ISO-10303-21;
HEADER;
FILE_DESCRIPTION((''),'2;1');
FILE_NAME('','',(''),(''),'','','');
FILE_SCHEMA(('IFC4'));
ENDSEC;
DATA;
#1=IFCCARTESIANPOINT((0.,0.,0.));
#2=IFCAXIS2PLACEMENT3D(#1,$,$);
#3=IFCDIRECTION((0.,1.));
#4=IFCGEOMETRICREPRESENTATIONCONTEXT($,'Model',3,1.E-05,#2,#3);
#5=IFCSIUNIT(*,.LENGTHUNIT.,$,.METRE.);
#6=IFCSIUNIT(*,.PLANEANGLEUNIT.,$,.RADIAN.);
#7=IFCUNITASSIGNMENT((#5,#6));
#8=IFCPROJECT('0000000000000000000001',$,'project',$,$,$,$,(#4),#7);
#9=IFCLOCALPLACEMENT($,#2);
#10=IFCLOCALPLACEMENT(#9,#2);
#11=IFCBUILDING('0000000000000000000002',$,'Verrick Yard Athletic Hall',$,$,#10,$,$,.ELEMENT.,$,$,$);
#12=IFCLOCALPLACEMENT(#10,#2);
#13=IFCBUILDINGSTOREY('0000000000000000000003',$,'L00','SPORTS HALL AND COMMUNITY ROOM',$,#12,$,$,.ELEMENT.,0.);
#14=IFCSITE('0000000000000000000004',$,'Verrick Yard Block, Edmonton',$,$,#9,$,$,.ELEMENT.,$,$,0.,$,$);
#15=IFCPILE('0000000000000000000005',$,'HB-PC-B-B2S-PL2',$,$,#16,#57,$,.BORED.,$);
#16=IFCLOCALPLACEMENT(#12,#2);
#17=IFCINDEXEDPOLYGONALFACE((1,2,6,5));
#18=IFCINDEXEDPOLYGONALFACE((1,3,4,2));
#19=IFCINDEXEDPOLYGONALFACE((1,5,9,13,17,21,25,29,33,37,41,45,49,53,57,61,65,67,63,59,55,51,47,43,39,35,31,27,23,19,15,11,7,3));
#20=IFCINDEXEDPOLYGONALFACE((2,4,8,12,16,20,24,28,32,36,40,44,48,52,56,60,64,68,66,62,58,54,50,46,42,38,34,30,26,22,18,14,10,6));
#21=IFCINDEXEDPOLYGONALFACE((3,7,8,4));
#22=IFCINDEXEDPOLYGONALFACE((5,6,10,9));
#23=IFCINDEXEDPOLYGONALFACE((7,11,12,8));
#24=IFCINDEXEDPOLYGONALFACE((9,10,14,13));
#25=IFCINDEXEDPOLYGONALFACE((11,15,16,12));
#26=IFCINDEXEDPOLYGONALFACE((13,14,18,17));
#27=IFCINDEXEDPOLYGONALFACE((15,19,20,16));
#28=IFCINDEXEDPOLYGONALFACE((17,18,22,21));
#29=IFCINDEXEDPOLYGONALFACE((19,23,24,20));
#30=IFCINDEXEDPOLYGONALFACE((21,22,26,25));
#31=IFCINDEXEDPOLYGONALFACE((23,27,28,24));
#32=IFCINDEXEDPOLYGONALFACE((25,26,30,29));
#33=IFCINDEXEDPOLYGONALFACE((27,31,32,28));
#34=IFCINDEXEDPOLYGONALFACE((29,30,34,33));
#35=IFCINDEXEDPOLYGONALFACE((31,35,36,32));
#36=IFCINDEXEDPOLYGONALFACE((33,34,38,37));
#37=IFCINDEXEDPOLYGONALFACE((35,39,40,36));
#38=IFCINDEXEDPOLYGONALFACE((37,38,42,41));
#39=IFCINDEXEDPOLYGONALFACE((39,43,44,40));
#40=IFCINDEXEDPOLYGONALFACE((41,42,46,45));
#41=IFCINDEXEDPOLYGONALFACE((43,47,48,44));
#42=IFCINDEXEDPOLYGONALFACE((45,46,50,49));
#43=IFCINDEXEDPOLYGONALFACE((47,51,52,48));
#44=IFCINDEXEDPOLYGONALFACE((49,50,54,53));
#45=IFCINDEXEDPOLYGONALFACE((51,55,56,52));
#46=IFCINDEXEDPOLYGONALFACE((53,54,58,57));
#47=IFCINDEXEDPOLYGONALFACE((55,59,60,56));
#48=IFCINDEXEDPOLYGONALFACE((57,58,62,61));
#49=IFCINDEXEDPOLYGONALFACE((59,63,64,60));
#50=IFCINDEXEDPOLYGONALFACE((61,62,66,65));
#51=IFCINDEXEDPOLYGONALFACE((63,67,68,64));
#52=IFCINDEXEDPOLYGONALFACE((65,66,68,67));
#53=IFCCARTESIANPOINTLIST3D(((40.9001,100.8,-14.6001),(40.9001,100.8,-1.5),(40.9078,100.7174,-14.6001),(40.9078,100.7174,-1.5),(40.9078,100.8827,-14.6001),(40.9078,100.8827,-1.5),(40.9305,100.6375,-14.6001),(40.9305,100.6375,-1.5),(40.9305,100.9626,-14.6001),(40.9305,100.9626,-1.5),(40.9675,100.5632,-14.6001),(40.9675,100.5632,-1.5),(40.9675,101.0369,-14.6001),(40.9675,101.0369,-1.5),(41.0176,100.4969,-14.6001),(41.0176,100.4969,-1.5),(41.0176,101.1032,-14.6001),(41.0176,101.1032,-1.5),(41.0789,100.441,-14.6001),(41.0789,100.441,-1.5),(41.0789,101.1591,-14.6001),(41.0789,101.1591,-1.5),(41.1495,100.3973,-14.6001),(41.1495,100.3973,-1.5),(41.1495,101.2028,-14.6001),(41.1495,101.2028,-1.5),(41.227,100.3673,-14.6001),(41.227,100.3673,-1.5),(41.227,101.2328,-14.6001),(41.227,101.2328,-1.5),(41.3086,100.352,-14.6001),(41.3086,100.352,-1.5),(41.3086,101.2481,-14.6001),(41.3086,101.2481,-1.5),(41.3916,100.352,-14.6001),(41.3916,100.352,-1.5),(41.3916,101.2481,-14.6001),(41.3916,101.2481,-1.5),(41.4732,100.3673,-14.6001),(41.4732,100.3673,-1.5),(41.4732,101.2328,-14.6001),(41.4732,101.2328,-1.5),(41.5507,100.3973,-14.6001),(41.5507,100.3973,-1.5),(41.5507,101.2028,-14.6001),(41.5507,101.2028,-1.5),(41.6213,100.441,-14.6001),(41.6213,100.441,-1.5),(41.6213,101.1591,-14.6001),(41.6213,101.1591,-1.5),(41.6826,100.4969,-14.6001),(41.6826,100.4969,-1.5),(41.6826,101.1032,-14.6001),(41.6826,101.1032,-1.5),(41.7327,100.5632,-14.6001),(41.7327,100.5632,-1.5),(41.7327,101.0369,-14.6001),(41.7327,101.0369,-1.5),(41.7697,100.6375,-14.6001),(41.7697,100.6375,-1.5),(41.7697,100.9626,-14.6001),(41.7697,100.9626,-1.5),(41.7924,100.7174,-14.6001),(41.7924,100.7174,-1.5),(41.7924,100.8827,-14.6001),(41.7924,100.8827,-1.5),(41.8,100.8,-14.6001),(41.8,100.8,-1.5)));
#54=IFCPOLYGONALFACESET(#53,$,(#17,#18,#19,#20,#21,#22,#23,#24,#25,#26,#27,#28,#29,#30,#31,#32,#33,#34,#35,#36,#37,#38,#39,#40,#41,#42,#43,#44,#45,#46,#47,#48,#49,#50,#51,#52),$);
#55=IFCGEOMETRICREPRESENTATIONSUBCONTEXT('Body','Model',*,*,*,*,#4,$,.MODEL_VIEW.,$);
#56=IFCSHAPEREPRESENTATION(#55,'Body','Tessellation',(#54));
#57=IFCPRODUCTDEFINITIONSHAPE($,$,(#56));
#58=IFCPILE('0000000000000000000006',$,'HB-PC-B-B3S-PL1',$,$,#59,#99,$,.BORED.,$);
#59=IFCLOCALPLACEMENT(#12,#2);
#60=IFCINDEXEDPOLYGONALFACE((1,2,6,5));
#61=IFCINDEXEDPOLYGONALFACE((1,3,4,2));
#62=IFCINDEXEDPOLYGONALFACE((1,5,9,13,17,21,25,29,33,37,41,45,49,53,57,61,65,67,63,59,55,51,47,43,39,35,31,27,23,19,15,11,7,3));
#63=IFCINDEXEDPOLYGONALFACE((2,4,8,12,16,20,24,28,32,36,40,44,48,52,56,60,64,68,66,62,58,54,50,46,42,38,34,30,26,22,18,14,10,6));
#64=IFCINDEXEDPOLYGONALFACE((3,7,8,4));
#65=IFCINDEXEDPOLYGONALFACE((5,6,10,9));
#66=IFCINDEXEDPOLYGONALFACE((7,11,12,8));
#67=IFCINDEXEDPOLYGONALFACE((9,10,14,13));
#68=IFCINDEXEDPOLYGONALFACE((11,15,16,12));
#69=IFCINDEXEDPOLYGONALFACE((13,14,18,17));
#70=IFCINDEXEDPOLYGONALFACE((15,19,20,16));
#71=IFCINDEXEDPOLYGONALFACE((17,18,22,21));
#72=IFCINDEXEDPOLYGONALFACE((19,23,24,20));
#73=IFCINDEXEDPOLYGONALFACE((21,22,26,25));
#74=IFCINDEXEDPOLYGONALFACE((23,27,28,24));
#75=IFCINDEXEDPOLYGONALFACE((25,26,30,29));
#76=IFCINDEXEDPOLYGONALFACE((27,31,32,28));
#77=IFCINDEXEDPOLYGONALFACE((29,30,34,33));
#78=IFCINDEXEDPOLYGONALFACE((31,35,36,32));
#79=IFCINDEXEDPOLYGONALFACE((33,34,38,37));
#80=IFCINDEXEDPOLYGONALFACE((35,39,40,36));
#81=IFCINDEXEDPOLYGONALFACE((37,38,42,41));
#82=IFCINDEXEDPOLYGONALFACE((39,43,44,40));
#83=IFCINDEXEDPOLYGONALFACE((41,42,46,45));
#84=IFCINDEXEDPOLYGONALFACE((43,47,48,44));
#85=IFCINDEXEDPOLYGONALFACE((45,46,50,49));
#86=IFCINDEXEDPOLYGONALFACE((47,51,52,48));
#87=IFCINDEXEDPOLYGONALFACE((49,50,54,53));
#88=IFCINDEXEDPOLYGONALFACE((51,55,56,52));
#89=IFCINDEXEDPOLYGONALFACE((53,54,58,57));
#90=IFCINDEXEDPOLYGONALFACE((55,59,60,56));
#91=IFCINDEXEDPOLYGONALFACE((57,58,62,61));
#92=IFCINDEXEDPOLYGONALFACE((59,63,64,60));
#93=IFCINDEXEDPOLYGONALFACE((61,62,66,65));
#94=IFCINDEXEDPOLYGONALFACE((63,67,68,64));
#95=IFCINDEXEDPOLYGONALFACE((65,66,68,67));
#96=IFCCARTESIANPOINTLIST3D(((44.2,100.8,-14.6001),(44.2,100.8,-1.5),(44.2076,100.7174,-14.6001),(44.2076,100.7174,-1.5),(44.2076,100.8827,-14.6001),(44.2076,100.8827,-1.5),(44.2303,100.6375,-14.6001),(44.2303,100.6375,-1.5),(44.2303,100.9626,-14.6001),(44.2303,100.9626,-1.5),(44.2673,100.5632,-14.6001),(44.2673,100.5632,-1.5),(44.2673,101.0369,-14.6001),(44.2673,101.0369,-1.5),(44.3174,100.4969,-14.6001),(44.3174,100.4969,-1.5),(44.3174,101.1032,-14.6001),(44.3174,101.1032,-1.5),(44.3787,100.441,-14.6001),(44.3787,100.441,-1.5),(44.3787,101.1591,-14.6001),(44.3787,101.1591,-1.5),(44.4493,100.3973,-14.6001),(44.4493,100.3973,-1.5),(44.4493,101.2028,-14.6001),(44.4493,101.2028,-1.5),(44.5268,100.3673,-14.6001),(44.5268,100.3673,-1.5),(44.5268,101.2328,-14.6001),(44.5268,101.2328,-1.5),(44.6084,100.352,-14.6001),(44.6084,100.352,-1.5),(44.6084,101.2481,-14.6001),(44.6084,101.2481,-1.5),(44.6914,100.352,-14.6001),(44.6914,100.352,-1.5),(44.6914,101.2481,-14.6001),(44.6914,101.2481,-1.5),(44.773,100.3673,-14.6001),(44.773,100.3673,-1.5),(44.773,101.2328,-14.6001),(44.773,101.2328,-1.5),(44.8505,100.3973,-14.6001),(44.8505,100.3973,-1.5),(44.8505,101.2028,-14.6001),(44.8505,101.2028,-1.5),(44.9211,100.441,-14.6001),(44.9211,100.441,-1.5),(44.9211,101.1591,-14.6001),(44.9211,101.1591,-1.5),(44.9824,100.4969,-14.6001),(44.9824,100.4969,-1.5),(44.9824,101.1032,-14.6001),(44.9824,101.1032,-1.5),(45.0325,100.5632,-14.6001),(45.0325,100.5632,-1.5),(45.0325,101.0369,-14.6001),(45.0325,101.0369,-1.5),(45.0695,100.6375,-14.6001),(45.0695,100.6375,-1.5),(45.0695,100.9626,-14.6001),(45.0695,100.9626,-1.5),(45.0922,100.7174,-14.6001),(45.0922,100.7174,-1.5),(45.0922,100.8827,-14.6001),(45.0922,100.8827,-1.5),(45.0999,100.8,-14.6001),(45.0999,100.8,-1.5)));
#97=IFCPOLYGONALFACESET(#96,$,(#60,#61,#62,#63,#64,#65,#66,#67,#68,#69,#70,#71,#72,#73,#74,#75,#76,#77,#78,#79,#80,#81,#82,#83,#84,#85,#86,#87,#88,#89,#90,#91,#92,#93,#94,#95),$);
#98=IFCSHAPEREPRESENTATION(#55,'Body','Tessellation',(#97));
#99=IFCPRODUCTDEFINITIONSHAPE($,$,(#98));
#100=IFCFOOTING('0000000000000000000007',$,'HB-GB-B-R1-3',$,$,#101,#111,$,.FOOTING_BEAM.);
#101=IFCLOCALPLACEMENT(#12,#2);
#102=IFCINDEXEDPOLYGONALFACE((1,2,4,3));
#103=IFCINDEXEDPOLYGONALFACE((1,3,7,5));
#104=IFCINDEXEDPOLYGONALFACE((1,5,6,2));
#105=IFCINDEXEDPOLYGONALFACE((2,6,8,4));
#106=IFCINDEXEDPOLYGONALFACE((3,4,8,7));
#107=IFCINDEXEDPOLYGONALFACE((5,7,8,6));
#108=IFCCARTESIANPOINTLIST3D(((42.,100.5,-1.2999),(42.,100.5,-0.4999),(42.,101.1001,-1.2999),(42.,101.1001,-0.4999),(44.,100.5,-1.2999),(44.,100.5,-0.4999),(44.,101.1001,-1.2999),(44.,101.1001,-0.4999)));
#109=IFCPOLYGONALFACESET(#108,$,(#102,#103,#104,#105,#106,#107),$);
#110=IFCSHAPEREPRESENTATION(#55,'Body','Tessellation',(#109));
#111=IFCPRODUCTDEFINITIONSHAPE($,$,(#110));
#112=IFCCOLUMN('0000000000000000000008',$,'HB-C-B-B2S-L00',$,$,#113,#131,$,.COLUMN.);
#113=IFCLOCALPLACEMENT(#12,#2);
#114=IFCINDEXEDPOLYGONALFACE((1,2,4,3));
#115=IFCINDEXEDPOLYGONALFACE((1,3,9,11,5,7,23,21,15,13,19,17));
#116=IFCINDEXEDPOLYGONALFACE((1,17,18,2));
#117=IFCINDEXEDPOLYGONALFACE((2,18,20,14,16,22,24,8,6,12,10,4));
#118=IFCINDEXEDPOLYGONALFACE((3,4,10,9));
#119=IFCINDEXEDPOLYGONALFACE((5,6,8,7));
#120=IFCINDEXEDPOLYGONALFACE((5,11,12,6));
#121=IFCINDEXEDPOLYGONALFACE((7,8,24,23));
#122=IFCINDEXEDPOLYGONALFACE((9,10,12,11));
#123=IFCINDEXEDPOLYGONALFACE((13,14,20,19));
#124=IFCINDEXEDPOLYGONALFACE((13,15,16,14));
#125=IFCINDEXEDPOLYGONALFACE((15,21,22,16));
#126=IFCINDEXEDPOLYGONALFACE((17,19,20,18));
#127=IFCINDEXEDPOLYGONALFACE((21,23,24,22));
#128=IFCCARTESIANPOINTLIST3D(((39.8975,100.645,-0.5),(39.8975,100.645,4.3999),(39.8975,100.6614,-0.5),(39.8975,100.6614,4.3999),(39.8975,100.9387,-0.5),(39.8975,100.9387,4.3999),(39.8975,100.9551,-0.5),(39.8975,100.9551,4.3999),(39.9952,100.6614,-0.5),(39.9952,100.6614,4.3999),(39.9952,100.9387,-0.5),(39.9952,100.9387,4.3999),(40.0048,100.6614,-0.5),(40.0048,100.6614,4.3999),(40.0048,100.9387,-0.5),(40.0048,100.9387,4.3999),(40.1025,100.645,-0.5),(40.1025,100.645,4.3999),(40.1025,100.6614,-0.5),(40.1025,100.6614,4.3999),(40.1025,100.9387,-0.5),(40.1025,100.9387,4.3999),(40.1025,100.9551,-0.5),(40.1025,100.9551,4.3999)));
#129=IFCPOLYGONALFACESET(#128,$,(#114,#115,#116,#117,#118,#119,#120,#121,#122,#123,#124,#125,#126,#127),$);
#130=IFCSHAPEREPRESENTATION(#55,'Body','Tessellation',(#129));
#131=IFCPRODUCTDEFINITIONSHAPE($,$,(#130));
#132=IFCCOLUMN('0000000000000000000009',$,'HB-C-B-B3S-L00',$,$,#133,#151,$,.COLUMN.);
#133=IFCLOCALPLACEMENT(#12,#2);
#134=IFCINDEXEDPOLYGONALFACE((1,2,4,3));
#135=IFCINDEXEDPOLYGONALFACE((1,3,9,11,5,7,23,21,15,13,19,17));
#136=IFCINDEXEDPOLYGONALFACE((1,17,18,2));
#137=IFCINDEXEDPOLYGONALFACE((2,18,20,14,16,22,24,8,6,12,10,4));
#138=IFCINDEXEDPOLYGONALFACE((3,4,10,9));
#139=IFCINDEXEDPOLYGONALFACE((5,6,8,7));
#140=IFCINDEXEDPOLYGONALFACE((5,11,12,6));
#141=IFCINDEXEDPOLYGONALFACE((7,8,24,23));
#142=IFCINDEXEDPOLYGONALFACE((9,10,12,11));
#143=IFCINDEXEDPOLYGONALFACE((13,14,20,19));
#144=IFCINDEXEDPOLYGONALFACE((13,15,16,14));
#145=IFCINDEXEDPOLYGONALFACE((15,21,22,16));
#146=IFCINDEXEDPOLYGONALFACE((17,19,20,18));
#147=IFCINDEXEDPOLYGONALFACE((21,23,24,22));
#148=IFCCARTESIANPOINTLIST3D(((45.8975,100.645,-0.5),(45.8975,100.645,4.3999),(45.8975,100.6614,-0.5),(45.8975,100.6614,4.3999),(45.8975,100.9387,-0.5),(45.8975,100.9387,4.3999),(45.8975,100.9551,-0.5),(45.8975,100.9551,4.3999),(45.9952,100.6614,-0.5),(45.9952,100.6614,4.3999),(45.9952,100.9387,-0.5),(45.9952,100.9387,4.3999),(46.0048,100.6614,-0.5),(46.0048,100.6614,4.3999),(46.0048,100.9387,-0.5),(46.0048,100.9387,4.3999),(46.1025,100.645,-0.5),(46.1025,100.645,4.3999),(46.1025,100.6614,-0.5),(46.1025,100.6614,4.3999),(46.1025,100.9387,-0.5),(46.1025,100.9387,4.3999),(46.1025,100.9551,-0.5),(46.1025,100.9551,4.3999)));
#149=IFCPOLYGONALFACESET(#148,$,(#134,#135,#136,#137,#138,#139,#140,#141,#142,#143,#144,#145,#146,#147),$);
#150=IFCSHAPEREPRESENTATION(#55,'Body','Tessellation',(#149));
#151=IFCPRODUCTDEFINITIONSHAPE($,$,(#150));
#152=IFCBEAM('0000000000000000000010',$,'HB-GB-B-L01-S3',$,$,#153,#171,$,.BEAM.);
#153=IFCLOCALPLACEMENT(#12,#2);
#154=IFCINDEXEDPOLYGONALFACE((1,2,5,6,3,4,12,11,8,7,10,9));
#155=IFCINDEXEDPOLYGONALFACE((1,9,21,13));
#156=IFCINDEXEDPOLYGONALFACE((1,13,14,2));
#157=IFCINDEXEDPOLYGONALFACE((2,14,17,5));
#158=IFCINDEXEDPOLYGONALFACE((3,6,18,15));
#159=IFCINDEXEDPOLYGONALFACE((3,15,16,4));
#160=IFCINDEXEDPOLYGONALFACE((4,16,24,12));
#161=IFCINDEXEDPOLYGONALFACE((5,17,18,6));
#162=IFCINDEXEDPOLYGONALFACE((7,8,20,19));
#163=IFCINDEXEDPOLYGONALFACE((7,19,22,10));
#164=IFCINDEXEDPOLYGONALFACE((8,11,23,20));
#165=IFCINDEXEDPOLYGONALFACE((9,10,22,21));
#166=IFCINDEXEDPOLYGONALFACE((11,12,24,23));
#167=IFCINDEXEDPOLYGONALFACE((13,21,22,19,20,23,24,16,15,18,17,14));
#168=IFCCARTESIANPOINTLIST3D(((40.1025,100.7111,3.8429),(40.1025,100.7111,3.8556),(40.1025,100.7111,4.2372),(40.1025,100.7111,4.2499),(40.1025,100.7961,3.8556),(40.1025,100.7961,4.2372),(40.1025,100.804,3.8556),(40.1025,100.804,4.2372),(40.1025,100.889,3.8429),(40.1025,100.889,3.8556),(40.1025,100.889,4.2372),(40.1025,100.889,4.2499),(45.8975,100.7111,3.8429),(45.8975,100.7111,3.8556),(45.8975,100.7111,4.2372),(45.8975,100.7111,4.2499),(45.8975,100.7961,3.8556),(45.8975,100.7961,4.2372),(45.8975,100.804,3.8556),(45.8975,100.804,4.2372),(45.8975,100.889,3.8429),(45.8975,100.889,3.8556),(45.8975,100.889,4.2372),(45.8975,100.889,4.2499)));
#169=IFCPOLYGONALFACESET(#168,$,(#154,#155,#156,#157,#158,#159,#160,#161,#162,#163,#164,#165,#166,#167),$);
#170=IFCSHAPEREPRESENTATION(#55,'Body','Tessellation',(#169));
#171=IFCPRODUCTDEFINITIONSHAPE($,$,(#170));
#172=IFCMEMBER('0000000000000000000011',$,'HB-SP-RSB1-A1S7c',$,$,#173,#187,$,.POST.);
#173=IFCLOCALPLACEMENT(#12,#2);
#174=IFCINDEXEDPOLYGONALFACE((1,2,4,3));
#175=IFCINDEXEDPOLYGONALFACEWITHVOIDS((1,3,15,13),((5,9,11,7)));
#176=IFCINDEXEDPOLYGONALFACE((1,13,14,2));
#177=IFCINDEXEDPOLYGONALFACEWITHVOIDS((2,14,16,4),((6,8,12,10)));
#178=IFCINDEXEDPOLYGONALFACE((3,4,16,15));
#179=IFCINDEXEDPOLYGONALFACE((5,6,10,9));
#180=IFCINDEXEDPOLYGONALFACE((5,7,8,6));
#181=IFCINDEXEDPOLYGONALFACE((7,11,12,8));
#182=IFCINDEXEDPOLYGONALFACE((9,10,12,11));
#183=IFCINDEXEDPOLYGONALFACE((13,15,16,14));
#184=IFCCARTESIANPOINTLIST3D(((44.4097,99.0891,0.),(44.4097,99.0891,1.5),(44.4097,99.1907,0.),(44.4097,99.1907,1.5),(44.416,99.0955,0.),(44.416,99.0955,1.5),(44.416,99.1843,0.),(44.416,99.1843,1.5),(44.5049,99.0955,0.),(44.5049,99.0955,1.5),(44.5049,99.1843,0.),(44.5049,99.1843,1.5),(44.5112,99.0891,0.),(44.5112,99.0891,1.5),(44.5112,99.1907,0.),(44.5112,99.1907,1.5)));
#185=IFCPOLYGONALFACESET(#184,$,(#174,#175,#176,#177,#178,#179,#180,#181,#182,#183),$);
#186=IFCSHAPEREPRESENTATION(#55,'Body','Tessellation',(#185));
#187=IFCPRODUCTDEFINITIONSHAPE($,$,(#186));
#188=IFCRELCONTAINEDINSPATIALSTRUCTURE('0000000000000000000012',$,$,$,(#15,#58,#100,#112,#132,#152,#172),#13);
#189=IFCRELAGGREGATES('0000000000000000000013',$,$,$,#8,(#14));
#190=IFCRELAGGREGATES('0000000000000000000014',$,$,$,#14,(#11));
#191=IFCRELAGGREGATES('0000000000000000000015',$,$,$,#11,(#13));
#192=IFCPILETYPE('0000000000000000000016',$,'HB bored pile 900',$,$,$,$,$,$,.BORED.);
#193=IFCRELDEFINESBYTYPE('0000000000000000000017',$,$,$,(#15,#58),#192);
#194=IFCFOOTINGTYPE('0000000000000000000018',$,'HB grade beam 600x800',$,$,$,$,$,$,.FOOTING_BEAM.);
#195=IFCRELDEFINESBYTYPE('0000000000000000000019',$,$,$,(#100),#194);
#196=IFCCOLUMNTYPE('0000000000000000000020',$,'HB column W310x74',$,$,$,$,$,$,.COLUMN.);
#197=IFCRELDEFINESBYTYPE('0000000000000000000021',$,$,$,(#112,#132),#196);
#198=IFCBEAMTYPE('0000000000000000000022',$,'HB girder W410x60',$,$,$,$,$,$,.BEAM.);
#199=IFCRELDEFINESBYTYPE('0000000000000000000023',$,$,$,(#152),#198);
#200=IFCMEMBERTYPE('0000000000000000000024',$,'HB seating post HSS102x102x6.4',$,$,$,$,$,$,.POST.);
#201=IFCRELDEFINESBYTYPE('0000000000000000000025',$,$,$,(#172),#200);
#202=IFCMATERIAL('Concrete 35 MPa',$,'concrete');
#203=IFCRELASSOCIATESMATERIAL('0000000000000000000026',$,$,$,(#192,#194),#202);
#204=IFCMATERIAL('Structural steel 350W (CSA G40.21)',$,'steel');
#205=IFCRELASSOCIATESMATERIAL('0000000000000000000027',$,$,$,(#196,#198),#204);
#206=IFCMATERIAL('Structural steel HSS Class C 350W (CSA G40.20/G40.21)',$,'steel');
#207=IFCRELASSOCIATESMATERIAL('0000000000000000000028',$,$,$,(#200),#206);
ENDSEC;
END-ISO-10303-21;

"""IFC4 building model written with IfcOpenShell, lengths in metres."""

from ifc_helpers import new_model, si_unit, direction, frame, origin, origin_2d, place, context, subcontext, project, spatial, rectangle, hollow_rectangle, circle, i_section, extrude, material, material_profile, profile_set, type_object, element, save


model = new_model("IFC4")

# Units and contexts
model_context = context("Model", 3, precision=1e-05, world=origin(), true_north=direction((0.0, 1.0)))
body_context = subcontext(model_context, "Body", "Model", "MODEL_VIEW")
ifc_project = project(units=[si_unit("LENGTHUNIT", "METRE"), si_unit("PLANEANGLEUNIT", "RADIAN")], contexts=[model_context])

# Site, building, storey
site_placement = place(None, origin())
site = spatial("IfcSite", under=ifc_project, at=site_placement, Name="Verrick Yard Block, Edmonton", CompositionType="ELEMENT", RefElevation=0.0)
building_placement = place(site_placement, origin())
building = spatial("IfcBuilding", under=site, at=building_placement, Name="Verrick Yard Athletic Hall", CompositionType="ELEMENT")
storey_placement = place(building_placement, origin())
storey = spatial("IfcBuildingStorey", under=building, at=storey_placement, Name="L00", Description="SPORTS HALL AND COMMUNITY ROOM", CompositionType="ELEMENT", Elevation=0.0)

# Piles
ifc_material_1 = material(Name="Concrete 35 MPa", Category="concrete")
ifc_material_profile_1 = material_profile(ifc_material_1, circle(Radius=0.45, at=origin_2d()), Name="Bored pile 900")
ifc_profile_set_1 = profile_set([ifc_material_profile_1], Name="Concrete 35 MPa")
pile_type = type_object("IfcPileType", Name="HB bored pile 900", PredefinedType="BORED", material=ifc_profile_set_1)
for number, where, z_axis, x_axis, name in (
    (1, (41.3501, 100.8, -1.5), (0.0, 0.0, -1.0), (1.0, 0.0, 0.0), "HB-PC-B-B2S-PL2"),
    (2, (44.6499, 100.8, -1.5), (0.0, 0.0, -1.0), (1.0, 0.0, 0.0), "HB-PC-B-B3S-PL1"),
):
    element("IfcPile", number, at=place(storey_placement, frame(where, z_axis=z_axis, x_axis=x_axis)), inside=storey, type_object=pile_type, Name=name, PredefinedType="BORED", context=body_context, shape_type="SweptSolid", body=[
        extrude(circle(Radius=0.45, at=origin_2d()), origin(), (0.0, 0.0, 1.0), 13.1001),
    ])

# Footing
ifc_material_profile_2 = material_profile(ifc_material_1, rectangle(XDim=0.6001, YDim=0.8, at=origin_2d()), Name="Grade beam 600x800")
ifc_profile_set_2 = profile_set([ifc_material_profile_2], Name="Concrete 35 MPa")
footing_type = type_object("IfcFootingType", Name="HB grade beam 600x800", PredefinedType="FOOTING_BEAM", material=ifc_profile_set_2)
footing_placement = place(storey_placement, frame((42.0, 100.8, -0.8999), z_axis=(1.0, 0.0, 0.0), x_axis=(0.0, 1.0, 0.0)))
element("IfcFooting", 3, at=footing_placement, inside=storey, type_object=footing_type, Name="HB-GB-B-R1-3", PredefinedType="FOOTING_BEAM", context=body_context, shape_type="SweptSolid", body=[
    extrude(rectangle(XDim=0.6001, YDim=0.8, at=origin_2d()), origin(), (0.0, 0.0, 1.0), 2.0),
])

# Columns
ifc_material_2 = material(Name="Structural steel 350W (CSA G40.21)", Category="steel")
ifc_material_profile_3 = material_profile(ifc_material_2, i_section(OverallWidth=0.2051, OverallDepth=0.3101, WebThickness=0.0095, FlangeThickness=0.0164, at=origin_2d()), Name="W310x74")
ifc_profile_set_3 = profile_set([ifc_material_profile_3], Name="Structural steel 350W (CSA G40.21)")
column_type = type_object("IfcColumnType", Name="HB column W310x74", PredefinedType="COLUMN", material=ifc_profile_set_3)
for number, where, z_axis, x_axis, name in (
    (4, (40.0, 100.8, -0.5), (0.0, 0.0, 1.0), (1.0, 0.0, 0.0), "HB-C-B-B2S-L00"),
    (5, (46.0, 100.8, -0.5), (0.0, 0.0, 1.0), (1.0, 0.0, 0.0), "HB-C-B-B3S-L00"),
):
    element("IfcColumn", number, at=place(storey_placement, frame(where, z_axis=z_axis, x_axis=x_axis)), inside=storey, type_object=column_type, Name=name, PredefinedType="COLUMN", context=body_context, shape_type="SweptSolid", body=[
        extrude(i_section(OverallWidth=0.2051, OverallDepth=0.3101, WebThickness=0.0095, FlangeThickness=0.0164, at=origin_2d()), origin(), (0.0, 0.0, 1.0), 4.8999),
    ])

# Beam
ifc_material_profile_4 = material_profile(ifc_material_2, i_section(OverallWidth=0.178, OverallDepth=0.407, WebThickness=0.0078, FlangeThickness=0.0127, at=origin_2d()), Name="W410x60")
ifc_profile_set_4 = profile_set([ifc_material_profile_4], Name="Structural steel 350W (CSA G40.21)")
beam_type = type_object("IfcBeamType", Name="HB girder W410x60", PredefinedType="BEAM", material=ifc_profile_set_4)
beam_placement = place(storey_placement, frame((40.1025, 100.8, 4.0464), z_axis=(1.0, 0.0, 0.0), x_axis=(0.0, 1.0, 0.0)))
element("IfcBeam", 6, at=beam_placement, inside=storey, type_object=beam_type, Name="HB-GB-B-L01-S3", PredefinedType="BEAM", context=body_context, shape_type="SweptSolid", body=[
    extrude(i_section(OverallWidth=0.178, OverallDepth=0.407, WebThickness=0.0078, FlangeThickness=0.0127, at=origin_2d()), origin(), (0.0, 0.0, 1.0), 5.7949),
])

# Member
ifc_material_3 = material(Name="Structural steel HSS Class C 350W (CSA G40.20/G40.21)", Category="steel")
ifc_material_profile_5 = material_profile(ifc_material_3, hollow_rectangle(XDim=0.1016, YDim=0.1016, WallThickness=0.0063, at=origin_2d()), Name="HSS102x102x6.4")
ifc_profile_set_5 = profile_set([ifc_material_profile_5], Name="Structural steel HSS Class C 350W (CSA G40.20/G40.21)")
member_type = type_object("IfcMemberType", Name="HB seating post HSS102x102x6.4", PredefinedType="POST", material=ifc_profile_set_5)
for number, where, z_axis, x_axis, name in (
    (7, (44.4604, 99.1399, 0.0), (0.0, 0.0, 1.0), (0.0, 1.0, 0.0), "HB-SP-RSB1-A1S7c"),
):
    element("IfcMember", number, at=place(storey_placement, frame(where, z_axis=z_axis, x_axis=x_axis)), inside=storey, type_object=member_type, Name=name, PredefinedType="POST", context=body_context, shape_type="SweptSolid", body=[
        extrude(hollow_rectangle(XDim=0.1016, YDim=0.1016, WallThickness=0.0063, at=origin_2d()), origin(), (0.0, 0.0, 1.0), 1.5),
    ])

save(model, "model.ifc")
